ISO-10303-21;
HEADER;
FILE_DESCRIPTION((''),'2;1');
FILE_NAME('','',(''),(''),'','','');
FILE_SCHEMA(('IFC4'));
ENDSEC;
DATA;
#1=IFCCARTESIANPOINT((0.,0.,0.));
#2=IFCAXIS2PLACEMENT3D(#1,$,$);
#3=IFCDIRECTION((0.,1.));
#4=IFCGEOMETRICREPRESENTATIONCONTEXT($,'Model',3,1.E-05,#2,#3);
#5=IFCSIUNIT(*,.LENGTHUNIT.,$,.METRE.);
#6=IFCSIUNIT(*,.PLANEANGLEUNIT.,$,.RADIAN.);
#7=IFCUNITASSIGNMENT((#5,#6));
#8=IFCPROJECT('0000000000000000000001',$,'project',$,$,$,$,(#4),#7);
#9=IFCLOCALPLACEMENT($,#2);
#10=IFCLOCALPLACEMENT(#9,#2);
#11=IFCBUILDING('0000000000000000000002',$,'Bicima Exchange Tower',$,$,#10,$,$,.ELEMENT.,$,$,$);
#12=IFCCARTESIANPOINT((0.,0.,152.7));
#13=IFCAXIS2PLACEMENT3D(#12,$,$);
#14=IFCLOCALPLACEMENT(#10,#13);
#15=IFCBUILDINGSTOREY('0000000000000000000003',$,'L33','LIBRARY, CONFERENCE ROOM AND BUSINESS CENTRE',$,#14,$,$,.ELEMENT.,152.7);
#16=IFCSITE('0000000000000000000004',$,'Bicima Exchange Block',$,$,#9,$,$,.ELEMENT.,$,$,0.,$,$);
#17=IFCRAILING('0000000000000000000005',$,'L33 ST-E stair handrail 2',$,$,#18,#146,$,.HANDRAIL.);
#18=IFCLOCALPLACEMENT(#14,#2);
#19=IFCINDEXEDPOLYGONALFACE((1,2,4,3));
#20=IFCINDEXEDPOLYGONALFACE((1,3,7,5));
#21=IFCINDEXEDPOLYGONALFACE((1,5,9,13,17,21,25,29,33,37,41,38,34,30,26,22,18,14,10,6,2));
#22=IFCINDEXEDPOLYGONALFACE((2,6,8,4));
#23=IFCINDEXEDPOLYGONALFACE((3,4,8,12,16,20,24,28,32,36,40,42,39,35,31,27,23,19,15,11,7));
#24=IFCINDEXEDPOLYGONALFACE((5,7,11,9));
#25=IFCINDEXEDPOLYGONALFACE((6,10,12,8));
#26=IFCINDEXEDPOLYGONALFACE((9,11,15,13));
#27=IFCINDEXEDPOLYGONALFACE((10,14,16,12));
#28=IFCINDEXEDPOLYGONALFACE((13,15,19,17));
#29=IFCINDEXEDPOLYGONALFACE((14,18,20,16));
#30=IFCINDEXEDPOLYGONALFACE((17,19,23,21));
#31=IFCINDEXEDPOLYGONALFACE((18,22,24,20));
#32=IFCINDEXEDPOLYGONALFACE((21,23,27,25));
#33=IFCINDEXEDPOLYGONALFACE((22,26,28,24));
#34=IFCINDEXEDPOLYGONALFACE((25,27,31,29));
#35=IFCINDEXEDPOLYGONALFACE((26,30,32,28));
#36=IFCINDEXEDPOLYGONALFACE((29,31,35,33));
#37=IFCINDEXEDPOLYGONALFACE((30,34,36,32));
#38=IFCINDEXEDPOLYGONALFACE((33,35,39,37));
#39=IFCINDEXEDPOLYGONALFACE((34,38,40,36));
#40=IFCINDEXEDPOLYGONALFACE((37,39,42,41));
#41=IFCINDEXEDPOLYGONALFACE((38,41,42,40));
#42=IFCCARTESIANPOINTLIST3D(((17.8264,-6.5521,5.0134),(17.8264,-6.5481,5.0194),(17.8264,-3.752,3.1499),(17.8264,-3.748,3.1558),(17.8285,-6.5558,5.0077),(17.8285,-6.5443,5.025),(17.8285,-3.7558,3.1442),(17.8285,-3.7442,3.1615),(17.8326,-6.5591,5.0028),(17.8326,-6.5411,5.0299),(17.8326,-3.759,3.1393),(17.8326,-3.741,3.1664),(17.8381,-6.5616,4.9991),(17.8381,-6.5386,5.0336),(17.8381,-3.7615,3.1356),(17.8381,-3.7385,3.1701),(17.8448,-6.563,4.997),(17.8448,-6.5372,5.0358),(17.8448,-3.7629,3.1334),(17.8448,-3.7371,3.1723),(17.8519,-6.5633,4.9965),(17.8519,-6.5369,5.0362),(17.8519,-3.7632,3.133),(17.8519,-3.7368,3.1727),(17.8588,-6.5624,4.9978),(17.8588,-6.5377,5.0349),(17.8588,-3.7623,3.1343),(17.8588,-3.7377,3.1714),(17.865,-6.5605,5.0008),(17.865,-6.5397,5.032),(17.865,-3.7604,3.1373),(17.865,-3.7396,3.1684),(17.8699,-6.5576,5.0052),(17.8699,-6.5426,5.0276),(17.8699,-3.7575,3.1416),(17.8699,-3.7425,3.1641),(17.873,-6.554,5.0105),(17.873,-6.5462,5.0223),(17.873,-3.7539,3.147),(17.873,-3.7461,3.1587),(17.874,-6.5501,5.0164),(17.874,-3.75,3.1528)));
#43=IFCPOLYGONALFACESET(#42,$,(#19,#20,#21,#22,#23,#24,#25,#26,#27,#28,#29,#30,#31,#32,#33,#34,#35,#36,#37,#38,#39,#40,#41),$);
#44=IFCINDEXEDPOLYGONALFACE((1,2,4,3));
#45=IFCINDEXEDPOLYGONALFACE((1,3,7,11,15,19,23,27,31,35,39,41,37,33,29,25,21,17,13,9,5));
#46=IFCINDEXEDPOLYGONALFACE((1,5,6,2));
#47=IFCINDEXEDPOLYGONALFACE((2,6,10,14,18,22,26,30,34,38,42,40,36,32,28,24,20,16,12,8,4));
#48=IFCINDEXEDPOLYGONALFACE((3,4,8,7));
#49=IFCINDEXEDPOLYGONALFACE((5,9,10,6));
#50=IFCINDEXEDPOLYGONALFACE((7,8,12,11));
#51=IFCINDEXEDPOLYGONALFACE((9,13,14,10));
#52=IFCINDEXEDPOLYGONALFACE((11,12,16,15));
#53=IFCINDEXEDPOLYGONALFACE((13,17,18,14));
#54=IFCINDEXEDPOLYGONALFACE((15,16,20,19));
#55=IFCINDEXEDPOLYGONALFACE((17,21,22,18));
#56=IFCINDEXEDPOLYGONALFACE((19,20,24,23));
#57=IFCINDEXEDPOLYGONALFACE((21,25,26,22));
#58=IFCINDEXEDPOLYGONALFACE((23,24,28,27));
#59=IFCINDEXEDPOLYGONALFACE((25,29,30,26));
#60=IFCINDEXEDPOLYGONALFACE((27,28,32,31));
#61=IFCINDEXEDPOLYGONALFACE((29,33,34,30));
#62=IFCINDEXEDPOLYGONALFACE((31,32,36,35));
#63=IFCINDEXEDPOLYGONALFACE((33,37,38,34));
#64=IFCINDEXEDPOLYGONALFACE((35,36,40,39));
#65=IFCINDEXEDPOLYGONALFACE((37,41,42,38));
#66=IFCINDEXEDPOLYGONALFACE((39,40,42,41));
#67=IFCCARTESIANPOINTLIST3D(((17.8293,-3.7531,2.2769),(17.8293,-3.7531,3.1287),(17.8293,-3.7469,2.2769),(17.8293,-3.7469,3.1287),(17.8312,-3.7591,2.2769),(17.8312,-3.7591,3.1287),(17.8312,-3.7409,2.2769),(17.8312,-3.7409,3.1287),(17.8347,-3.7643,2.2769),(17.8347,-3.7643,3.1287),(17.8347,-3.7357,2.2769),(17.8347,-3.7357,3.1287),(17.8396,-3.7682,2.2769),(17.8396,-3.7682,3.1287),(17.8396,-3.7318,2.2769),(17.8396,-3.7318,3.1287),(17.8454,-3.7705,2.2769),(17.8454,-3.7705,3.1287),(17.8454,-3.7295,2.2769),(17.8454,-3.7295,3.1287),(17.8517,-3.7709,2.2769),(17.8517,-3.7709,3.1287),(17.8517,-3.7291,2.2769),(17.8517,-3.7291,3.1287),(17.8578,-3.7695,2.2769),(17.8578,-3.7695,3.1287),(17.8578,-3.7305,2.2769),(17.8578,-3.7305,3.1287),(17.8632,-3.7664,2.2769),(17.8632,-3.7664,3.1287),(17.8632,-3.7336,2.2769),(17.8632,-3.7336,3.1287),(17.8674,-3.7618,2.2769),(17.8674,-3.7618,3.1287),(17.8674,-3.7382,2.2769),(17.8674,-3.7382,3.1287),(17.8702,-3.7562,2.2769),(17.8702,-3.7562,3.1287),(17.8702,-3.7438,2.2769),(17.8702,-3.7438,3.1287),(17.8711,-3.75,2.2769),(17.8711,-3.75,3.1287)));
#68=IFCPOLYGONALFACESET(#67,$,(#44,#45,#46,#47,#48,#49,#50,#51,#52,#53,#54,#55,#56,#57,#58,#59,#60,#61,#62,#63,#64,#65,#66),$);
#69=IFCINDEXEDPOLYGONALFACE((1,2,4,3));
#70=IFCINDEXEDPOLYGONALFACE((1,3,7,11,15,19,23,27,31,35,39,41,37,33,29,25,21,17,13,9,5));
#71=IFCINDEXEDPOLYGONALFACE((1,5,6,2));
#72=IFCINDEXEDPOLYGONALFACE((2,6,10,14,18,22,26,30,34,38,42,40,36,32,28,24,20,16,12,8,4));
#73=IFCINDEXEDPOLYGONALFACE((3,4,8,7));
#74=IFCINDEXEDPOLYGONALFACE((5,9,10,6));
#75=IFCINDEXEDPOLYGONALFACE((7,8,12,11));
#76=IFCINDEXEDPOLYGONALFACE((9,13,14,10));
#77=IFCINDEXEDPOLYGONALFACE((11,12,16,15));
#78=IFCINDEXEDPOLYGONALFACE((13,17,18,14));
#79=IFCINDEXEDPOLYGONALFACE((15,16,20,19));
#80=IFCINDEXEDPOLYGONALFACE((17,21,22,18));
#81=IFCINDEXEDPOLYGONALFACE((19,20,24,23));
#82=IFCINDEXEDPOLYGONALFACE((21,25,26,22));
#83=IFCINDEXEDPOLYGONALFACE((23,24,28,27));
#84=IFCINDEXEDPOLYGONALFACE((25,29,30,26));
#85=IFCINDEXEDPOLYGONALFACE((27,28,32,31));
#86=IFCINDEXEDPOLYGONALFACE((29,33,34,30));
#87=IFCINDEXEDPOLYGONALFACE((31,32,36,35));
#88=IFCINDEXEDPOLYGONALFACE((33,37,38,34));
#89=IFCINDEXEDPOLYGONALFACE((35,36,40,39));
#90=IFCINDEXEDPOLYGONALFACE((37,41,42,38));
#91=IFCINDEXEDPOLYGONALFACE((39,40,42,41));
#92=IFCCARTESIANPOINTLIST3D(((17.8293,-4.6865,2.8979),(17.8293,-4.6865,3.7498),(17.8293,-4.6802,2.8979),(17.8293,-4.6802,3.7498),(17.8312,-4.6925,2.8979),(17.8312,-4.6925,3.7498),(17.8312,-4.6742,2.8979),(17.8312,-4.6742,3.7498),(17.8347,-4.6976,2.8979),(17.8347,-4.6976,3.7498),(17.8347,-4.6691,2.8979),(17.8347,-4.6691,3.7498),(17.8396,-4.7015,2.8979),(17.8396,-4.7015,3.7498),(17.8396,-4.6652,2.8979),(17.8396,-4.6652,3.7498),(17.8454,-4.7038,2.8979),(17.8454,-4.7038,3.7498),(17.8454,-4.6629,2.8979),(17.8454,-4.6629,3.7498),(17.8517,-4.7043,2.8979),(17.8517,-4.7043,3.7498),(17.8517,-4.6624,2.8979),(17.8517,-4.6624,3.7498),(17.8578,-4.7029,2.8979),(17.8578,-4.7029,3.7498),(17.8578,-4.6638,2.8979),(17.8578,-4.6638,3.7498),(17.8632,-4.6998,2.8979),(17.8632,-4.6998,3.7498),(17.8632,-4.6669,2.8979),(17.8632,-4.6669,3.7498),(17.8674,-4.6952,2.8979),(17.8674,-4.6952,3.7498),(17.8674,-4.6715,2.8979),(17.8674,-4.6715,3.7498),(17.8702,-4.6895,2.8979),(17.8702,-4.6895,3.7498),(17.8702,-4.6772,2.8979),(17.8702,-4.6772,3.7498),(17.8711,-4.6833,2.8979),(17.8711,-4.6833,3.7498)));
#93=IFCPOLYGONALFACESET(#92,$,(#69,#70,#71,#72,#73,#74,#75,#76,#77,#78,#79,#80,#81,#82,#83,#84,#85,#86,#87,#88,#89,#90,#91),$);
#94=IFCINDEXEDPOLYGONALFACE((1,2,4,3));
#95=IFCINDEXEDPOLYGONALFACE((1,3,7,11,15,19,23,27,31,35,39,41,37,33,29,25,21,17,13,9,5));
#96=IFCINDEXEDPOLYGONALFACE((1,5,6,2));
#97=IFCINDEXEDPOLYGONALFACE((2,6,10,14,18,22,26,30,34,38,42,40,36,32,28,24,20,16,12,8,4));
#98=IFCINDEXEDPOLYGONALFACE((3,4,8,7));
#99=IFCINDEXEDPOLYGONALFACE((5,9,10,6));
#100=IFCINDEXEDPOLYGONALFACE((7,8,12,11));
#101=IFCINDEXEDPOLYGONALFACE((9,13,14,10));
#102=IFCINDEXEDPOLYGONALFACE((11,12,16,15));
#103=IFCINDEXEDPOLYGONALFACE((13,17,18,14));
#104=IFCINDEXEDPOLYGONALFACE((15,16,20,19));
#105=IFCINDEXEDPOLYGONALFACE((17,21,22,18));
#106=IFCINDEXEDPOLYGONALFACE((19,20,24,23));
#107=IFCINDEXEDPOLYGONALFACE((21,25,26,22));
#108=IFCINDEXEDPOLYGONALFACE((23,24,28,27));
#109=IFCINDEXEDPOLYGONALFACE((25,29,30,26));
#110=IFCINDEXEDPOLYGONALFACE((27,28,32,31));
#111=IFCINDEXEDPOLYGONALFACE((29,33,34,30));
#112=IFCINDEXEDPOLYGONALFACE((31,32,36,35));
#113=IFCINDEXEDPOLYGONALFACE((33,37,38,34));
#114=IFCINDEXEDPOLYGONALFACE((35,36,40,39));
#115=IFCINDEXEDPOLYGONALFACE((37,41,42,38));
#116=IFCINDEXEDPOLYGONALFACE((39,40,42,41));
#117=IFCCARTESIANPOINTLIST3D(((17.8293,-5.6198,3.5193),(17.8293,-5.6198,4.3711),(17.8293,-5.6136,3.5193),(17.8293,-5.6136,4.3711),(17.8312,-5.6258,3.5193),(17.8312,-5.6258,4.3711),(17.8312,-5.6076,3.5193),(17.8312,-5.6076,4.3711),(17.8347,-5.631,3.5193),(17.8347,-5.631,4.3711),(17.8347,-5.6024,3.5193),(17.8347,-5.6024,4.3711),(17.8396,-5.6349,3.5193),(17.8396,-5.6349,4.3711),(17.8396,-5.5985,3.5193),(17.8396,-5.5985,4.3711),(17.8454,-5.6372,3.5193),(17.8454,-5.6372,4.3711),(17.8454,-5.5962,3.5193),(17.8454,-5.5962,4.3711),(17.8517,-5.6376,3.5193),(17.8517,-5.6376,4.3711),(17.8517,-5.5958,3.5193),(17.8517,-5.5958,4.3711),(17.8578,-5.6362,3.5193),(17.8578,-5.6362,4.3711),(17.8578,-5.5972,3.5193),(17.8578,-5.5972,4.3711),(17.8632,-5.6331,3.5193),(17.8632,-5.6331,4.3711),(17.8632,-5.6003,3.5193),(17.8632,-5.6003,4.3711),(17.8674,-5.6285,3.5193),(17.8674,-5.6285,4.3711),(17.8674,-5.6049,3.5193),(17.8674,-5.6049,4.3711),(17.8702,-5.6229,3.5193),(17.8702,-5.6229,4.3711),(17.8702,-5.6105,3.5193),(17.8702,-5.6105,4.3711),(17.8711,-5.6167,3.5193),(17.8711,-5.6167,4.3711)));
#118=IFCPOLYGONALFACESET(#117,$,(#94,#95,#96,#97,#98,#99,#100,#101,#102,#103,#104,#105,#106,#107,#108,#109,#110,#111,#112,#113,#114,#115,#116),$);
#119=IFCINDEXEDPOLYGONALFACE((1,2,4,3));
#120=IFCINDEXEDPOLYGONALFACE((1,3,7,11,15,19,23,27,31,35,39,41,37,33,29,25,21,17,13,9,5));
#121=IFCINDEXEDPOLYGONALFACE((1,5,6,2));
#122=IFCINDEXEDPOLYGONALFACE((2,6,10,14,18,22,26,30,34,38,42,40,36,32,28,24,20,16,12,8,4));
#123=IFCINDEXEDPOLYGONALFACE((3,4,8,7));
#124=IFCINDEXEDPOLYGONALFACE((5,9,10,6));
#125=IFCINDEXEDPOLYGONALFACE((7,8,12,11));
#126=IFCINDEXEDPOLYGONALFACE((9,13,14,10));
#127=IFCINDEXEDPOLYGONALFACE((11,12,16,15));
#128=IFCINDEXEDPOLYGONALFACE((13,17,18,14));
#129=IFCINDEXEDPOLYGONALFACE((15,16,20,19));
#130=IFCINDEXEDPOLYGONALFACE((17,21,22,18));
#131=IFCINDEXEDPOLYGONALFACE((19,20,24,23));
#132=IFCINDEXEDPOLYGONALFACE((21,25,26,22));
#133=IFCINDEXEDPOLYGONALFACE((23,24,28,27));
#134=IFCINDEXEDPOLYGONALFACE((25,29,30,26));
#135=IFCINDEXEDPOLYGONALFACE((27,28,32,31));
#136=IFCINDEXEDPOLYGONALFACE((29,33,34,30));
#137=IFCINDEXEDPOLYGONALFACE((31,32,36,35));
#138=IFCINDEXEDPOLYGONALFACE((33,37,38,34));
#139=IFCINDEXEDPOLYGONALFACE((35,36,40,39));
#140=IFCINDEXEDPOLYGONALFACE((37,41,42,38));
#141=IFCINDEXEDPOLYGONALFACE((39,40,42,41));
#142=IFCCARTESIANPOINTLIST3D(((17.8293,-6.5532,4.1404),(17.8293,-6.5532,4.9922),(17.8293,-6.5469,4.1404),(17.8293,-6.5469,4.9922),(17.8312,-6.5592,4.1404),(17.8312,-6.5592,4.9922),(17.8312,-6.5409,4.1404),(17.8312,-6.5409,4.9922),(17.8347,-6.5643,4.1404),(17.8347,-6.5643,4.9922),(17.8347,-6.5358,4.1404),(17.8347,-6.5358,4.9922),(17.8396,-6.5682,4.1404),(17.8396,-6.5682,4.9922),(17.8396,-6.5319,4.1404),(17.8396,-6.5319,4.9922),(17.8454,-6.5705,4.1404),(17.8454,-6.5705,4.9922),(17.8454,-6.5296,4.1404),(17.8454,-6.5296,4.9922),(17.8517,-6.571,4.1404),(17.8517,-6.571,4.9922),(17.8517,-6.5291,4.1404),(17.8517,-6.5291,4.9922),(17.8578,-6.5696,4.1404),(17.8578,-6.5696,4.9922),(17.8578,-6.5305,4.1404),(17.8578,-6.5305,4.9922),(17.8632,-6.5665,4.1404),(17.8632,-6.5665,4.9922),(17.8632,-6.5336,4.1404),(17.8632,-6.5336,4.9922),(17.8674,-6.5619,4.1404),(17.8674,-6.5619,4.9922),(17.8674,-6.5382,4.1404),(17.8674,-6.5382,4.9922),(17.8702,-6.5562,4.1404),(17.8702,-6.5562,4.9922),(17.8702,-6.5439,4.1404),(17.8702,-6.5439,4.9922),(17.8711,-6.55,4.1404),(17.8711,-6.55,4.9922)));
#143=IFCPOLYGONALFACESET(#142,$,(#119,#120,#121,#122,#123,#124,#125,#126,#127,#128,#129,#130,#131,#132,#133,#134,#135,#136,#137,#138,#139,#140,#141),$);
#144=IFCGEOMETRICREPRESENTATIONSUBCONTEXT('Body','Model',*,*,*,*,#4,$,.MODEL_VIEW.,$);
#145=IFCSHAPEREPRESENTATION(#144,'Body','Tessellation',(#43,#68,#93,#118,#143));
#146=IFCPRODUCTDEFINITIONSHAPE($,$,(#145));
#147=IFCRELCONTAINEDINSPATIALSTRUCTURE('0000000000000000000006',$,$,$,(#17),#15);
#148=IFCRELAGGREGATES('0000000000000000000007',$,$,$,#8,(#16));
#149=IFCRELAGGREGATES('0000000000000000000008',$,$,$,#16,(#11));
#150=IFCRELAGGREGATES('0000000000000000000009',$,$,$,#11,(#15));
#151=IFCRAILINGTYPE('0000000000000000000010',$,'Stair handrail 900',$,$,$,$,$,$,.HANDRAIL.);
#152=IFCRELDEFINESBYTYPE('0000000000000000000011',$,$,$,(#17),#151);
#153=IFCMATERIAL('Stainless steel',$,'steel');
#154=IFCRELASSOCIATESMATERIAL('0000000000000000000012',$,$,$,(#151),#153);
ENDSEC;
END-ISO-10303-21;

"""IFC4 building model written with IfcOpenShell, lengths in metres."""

from ifc_helpers import new_model, si_unit, direction, frame, origin, origin_2d, place, context, subcontext, project, spatial, circle, extrude, material, type_object, element, save


model = new_model("IFC4")

# Units and contexts
model_context = context("Model", 3, precision=1e-05, world=origin(), true_north=direction((0.0, 1.0)))
body_context = subcontext(model_context, "Body", "Model", "MODEL_VIEW")
ifc_project = project(units=[si_unit("LENGTHUNIT", "METRE"), si_unit("PLANEANGLEUNIT", "RADIAN")], contexts=[model_context])

# Site, building, storey
site_placement = place(None, origin())
site = spatial("IfcSite", under=ifc_project, at=site_placement, Name="Bicima Exchange Block", CompositionType="ELEMENT", RefElevation=0.0)
building_placement = place(site_placement, origin())
building = spatial("IfcBuilding", under=site, at=building_placement, Name="Bicima Exchange Tower", CompositionType="ELEMENT")
storey_placement = place(building_placement, frame((0.0, 0.0, 152.7)))
storey = spatial("IfcBuildingStorey", under=building, at=storey_placement, Name="L33", Description="LIBRARY, CONFERENCE ROOM AND BUSINESS CENTRE", CompositionType="ELEMENT", Elevation=152.7)

# Shared definitions
ifc_material_1 = material(Name="Stainless steel", Category="steel")

# Railing
railing_type_1 = type_object("IfcRailingType", Name="Stair handrail 900", PredefinedType="HANDRAIL", material=ifc_material_1)
railing_1_placement = place(storey_placement, frame((17.8501, -3.75, 2.2769)))
element("IfcRailing", 1, at=railing_1_placement, inside=storey, type_object=railing_type_1, Name="L33 ST-E stair handrail 2", PredefinedType="HANDRAIL", context=body_context, shape_type="SweptSolid", body=[
    extrude(circle(Radius=0.0239, at=origin_2d()), frame((0.0, 0.0, 0.876), z_axis=(0.0, -0.832486, 0.554047), x_axis=(1.0, 0.0, 0.0)), (0.0, 0.0, 1.0), 3.3635),
    extrude(circle(Radius=0.021, at=origin_2d()), origin(), (0.0, 0.0, 1.0), 0.8518),
    extrude(circle(Radius=0.021, at=origin_2d()), frame((0.0, -0.9333, 0.6211)), (0.0, 0.0, 1.0), 0.8518),
    extrude(circle(Radius=0.021, at=origin_2d()), frame((0.0, -1.8667, 1.2424)), (0.0, 0.0, 1.0), 0.8518),
    extrude(circle(Radius=0.021, at=origin_2d()), frame((0.0, -2.8, 1.8635)), (0.0, 0.0, 1.0), 0.8518),
])

save(model, "model.ifc")
